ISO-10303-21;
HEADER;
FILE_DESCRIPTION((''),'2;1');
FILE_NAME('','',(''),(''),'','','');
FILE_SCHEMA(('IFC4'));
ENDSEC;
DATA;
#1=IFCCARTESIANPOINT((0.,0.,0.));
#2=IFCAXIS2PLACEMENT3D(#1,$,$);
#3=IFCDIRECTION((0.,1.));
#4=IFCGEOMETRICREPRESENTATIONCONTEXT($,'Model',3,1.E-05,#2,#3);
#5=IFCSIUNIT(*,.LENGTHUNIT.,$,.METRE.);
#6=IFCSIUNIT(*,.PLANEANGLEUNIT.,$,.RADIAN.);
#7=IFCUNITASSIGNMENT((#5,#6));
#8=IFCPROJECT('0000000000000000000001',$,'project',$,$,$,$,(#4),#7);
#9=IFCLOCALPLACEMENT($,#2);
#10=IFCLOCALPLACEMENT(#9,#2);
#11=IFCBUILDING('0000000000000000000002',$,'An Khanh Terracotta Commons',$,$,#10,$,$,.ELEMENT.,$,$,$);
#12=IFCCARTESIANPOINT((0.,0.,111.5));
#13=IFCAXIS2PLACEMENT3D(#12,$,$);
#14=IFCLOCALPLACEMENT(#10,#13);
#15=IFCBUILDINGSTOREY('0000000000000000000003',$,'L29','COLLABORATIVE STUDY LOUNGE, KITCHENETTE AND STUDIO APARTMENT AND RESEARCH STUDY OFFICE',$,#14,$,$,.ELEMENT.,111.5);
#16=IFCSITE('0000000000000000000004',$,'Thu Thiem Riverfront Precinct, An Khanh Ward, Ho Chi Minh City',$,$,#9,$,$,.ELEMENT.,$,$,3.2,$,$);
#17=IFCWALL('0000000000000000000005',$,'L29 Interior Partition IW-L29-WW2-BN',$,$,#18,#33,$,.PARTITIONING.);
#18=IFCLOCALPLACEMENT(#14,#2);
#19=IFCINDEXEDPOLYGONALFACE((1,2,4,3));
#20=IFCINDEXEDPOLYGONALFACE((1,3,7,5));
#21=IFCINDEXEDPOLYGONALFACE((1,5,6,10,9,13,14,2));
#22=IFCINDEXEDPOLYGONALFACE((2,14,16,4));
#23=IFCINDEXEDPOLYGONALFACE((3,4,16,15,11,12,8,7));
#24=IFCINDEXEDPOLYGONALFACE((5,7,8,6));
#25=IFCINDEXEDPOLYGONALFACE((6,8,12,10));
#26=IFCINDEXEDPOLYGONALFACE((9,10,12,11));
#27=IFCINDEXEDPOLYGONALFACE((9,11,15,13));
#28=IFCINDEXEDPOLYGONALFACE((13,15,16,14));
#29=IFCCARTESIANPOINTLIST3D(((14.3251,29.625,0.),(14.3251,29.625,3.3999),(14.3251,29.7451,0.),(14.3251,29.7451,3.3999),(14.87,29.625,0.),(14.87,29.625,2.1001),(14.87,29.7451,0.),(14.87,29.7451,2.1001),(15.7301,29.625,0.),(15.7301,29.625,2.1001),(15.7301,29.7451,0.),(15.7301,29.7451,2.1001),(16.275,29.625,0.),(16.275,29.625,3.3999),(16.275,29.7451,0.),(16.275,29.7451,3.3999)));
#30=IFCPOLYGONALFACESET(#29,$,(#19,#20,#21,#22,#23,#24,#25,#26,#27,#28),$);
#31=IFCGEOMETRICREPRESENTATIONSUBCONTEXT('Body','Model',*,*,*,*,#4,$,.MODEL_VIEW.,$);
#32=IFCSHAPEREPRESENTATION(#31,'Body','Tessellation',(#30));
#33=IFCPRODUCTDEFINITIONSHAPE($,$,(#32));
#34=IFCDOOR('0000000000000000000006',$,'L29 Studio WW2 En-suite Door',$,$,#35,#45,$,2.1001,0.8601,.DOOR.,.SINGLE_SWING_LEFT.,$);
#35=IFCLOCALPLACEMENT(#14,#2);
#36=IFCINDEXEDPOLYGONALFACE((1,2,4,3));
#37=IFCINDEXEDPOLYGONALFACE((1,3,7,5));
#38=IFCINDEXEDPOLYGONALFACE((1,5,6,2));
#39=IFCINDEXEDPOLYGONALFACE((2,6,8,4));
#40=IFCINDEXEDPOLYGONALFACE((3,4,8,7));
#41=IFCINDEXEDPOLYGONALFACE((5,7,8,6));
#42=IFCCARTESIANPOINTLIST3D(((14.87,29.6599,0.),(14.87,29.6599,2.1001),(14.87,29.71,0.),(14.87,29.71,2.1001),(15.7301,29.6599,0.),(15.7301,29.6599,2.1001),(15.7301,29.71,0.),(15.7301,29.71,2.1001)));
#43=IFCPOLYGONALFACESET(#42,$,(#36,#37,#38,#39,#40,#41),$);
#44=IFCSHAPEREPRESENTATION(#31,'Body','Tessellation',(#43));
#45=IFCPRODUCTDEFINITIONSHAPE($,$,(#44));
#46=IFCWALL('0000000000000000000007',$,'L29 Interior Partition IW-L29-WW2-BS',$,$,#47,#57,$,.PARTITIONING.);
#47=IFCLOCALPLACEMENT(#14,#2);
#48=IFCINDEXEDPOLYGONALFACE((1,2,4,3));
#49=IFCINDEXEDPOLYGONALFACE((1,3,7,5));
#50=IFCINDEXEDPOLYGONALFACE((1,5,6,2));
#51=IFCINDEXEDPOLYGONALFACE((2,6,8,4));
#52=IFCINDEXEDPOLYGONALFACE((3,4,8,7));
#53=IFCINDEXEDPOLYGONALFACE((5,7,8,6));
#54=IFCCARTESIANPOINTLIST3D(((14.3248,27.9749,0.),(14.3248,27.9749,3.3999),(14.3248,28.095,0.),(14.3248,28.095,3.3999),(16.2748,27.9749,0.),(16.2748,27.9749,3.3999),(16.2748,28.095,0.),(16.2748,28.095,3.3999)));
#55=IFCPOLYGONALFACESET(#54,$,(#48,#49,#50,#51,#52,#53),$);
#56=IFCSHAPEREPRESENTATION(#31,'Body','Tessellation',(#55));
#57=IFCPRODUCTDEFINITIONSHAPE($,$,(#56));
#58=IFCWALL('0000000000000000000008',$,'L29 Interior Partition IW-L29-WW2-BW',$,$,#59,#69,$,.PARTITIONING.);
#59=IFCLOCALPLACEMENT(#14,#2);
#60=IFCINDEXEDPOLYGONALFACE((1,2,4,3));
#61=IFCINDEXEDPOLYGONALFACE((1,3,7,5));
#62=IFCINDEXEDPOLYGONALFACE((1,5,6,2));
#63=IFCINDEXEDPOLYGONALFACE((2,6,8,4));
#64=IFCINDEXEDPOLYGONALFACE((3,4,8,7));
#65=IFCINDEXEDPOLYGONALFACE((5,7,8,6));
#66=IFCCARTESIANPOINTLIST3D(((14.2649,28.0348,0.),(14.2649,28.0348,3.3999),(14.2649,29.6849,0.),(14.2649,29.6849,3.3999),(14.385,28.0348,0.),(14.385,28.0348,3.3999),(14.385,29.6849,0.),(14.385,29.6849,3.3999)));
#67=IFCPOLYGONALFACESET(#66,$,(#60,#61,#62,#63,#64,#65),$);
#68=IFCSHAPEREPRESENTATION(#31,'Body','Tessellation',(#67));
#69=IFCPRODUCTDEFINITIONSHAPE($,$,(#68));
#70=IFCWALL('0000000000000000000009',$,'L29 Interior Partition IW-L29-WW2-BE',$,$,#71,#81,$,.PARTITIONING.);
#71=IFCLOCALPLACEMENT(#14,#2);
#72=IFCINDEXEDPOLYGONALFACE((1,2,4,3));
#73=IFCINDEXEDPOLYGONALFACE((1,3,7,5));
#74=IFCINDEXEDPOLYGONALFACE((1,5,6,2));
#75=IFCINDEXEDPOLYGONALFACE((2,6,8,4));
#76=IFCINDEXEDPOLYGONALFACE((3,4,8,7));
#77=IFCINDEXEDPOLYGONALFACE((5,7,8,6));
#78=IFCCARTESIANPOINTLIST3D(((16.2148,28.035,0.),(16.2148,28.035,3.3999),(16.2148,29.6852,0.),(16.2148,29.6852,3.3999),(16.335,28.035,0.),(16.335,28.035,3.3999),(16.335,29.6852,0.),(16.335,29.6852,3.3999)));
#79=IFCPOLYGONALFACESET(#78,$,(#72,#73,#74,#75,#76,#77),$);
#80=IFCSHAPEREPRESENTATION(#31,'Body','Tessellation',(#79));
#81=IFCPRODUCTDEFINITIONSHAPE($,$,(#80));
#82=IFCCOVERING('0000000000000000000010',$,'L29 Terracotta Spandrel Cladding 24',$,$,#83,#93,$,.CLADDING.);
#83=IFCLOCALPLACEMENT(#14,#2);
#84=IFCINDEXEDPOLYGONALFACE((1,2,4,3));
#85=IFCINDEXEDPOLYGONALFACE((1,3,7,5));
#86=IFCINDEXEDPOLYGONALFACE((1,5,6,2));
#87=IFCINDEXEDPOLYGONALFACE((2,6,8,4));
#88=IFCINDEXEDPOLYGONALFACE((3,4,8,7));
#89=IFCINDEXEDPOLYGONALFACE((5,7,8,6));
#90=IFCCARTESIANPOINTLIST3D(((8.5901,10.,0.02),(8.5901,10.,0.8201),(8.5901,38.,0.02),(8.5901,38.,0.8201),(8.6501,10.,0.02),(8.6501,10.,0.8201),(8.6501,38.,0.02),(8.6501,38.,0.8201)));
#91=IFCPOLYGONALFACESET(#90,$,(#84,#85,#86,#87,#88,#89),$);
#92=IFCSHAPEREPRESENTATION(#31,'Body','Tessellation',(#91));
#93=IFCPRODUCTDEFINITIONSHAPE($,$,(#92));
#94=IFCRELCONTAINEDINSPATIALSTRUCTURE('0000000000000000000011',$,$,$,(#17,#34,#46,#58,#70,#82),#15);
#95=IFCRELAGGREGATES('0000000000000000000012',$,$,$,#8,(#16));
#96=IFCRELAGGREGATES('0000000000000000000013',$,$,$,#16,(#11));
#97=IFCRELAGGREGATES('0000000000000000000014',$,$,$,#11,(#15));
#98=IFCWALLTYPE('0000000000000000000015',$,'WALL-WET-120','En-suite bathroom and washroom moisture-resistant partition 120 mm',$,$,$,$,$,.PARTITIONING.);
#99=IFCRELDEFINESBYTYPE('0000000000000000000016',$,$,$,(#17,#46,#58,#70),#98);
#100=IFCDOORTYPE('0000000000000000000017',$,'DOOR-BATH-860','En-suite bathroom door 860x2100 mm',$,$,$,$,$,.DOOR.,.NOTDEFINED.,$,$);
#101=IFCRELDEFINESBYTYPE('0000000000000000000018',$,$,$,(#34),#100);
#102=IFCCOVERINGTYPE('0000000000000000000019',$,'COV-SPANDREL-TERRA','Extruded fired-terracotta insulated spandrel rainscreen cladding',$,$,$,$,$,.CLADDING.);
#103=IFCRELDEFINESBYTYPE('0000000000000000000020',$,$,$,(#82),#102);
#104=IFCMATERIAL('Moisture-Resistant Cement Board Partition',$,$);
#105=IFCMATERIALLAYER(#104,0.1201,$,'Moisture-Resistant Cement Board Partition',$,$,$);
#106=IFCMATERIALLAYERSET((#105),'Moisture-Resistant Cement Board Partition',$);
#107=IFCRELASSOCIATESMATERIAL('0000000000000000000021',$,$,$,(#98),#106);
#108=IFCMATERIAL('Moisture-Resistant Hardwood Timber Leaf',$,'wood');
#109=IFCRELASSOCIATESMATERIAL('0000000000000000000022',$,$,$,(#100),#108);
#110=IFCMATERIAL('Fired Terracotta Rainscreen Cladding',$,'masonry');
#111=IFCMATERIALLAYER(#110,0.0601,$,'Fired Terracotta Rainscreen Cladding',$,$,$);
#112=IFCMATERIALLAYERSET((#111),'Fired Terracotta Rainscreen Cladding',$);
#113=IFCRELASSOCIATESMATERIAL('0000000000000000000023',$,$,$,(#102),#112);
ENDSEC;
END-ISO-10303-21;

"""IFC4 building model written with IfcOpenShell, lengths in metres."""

from ifc_helpers import new_model, si_unit, direction, frame, frame_2d, origin, origin_2d, place, context, subcontext, project, spatial, rectangle, extrude, material, layer, layer_set, type_object, element, fill, save


model = new_model("IFC4")

# Units and contexts
model_context = context("Model", 3, precision=1e-05, world=origin(), true_north=direction((0.0, 1.0)))
body_context = subcontext(model_context, "Body", "Model", "MODEL_VIEW")
ifc_project = project(units=[si_unit("LENGTHUNIT", "METRE"), si_unit("PLANEANGLEUNIT", "RADIAN")], contexts=[model_context])

# Site, building, storey
site_placement = place(None, origin())
site = spatial("IfcSite", under=ifc_project, at=site_placement, Name="Thu Thiem Riverfront Precinct, An Khanh Ward, Ho Chi Minh City", CompositionType="ELEMENT", RefElevation=3.2)
building_placement = place(site_placement, origin())
building = spatial("IfcBuilding", under=site, at=building_placement, Name="An Khanh Terracotta Commons", CompositionType="ELEMENT")
storey_placement = place(building_placement, frame((0.0, 0.0, 111.5)))
storey = spatial("IfcBuildingStorey", under=building, at=storey_placement, Name="L29", Description="COLLABORATIVE STUDY LOUNGE, KITCHENETTE AND STUDIO APARTMENT AND RESEARCH STUDY OFFICE", CompositionType="ELEMENT", Elevation=111.5)

# Wall, opening, door
ifc_material_1 = material(Name="Moisture-Resistant Cement Board Partition")
ifc_layer_1 = layer(ifc_material_1, 0.1201, Name="Moisture-Resistant Cement Board Partition")
ifc_layer_set_1 = layer_set([ifc_layer_1], Name="Moisture-Resistant Cement Board Partition")
wall_type_1 = type_object("IfcWallType", Name="WALL-WET-120", Description="En-suite bathroom and washroom moisture-resistant partition 120 mm", PredefinedType="PARTITIONING", material=ifc_layer_set_1)
wall_1_placement = place(storey_placement, frame((14.325, 29.6851, 0.0), z_axis=(0.0, 0.0, 1.0), x_axis=(1.0, 0.0, 0.0)))
wall_1 = element("IfcWall", 1, at=wall_1_placement, inside=storey, type_object=wall_type_1, Name="L29 Interior Partition IW-L29-WW2-BN", PredefinedType="PARTITIONING", context=body_context, shape_type="SweptSolid", body=[
    extrude(rectangle(XDim=1.95, YDim=0.1201, at=frame_2d((0.9751, 0.0))), origin(), (0.0, 0.0, 1.0), 3.3999),
])
opening_1_placement = place(wall_1_placement, frame((0.5449, 0.0, 0.0)))
opening_1 = element("IfcOpeningElement", 2, at=opening_1_placement, cuts=wall_1, PredefinedType="OPENING", context=body_context, shape_type="SweptSolid", body=[
    extrude(rectangle(XDim=0.8601, YDim=2.1001, at=frame_2d((0.4302, 1.05))), frame((0.0, 0.0701, 0.0), z_axis=(0.0, -1.0, 0.0), x_axis=(1.0, 0.0, 0.0)), (0.0, 0.0, 1.0), 0.1401),
])
ifc_material_2 = material(Name="Moisture-Resistant Hardwood Timber Leaf", Category="wood")
door_type_1 = type_object("IfcDoorType", Name="DOOR-BATH-860", Description="En-suite bathroom door 860x2100 mm", OperationType="NOTDEFINED", PredefinedType="DOOR", material=ifc_material_2)
door_1_placement = place(opening_1_placement, origin())
door_1 = element("IfcDoor", 3, at=door_1_placement, inside=storey, type_object=door_type_1, Name="L29 Studio WW2 En-suite Door", OperationType="SINGLE_SWING_LEFT", OverallHeight=2.1001, OverallWidth=0.8601, PredefinedType="DOOR", context=body_context, shape_type="SweptSolid", body=[
    extrude(rectangle(XDim=0.8601, YDim=2.1001, at=frame_2d((0.4302, 1.05))), frame((0.0, 0.0249, 0.0), z_axis=(0.0, -1.0, 0.0), x_axis=(1.0, 0.0, 0.0)), (0.0, 0.0, 1.0), 0.05),
])
fill(opening_1, door_1)

# Walls
wall_2_placement = place(storey_placement, frame((16.2749, 28.0349, 0.0), z_axis=(0.0, 0.0, 1.0), x_axis=(-1.0, 0.0, 0.0)))
element("IfcWall", 4, at=wall_2_placement, inside=storey, type_object=wall_type_1, Name="L29 Interior Partition IW-L29-WW2-BS", PredefinedType="PARTITIONING", context=body_context, shape_type="SweptSolid", body=[
    extrude(rectangle(XDim=1.95, YDim=0.1201, at=frame_2d((0.9751, 0.0))), origin(), (0.0, 0.0, 1.0), 3.3999),
])
for number, where, z_axis, x_axis, name in (
    (5, (14.325, 29.6851, 0.0), (0.0, 0.0, 1.0), (0.0, -1.0, 0.0), "L29 Interior Partition IW-L29-WW2-BW"),
    (6, (16.2749, 28.0349, 0.0), (0.0, 0.0, 1.0), (0.0, 1.0, 0.0), "L29 Interior Partition IW-L29-WW2-BE"),
):
    element("IfcWall", number, at=place(storey_placement, frame(where, z_axis=z_axis, x_axis=x_axis)), inside=storey, type_object=wall_type_1, Name=name, PredefinedType="PARTITIONING", context=body_context, shape_type="SweptSolid", body=[
        extrude(rectangle(XDim=1.6501, YDim=0.1201, at=frame_2d((0.8252, 0.0))), origin(), (0.0, 0.0, 1.0), 3.3999),
    ])

# Covering
ifc_material_3 = material(Name="Fired Terracotta Rainscreen Cladding", Category="masonry")
ifc_layer_2 = layer(ifc_material_3, 0.0601, Name="Fired Terracotta Rainscreen Cladding")
ifc_layer_set_2 = layer_set([ifc_layer_2], Name="Fired Terracotta Rainscreen Cladding")
covering_type = type_object("IfcCoveringType", Name="COV-SPANDREL-TERRA", Description="Extruded fired-terracotta insulated spandrel rainscreen cladding", PredefinedType="CLADDING", material=ifc_layer_set_2)
covering_placement = place(storey_placement, frame((8.6201, 24.0, 0.02), z_axis=(0.0, 0.0, 1.0), x_axis=(0.0, -1.0, 0.0)))
element("IfcCovering", 7, at=covering_placement, inside=storey, type_object=covering_type, Name="L29 Terracotta Spandrel Cladding 24", PredefinedType="CLADDING", context=body_context, shape_type="SweptSolid", body=[
    extrude(rectangle(XDim=28.0, YDim=0.0601, at=origin_2d()), origin(), (0.0, 0.0, 1.0), 0.8),
])

save(model, "model.ifc")
